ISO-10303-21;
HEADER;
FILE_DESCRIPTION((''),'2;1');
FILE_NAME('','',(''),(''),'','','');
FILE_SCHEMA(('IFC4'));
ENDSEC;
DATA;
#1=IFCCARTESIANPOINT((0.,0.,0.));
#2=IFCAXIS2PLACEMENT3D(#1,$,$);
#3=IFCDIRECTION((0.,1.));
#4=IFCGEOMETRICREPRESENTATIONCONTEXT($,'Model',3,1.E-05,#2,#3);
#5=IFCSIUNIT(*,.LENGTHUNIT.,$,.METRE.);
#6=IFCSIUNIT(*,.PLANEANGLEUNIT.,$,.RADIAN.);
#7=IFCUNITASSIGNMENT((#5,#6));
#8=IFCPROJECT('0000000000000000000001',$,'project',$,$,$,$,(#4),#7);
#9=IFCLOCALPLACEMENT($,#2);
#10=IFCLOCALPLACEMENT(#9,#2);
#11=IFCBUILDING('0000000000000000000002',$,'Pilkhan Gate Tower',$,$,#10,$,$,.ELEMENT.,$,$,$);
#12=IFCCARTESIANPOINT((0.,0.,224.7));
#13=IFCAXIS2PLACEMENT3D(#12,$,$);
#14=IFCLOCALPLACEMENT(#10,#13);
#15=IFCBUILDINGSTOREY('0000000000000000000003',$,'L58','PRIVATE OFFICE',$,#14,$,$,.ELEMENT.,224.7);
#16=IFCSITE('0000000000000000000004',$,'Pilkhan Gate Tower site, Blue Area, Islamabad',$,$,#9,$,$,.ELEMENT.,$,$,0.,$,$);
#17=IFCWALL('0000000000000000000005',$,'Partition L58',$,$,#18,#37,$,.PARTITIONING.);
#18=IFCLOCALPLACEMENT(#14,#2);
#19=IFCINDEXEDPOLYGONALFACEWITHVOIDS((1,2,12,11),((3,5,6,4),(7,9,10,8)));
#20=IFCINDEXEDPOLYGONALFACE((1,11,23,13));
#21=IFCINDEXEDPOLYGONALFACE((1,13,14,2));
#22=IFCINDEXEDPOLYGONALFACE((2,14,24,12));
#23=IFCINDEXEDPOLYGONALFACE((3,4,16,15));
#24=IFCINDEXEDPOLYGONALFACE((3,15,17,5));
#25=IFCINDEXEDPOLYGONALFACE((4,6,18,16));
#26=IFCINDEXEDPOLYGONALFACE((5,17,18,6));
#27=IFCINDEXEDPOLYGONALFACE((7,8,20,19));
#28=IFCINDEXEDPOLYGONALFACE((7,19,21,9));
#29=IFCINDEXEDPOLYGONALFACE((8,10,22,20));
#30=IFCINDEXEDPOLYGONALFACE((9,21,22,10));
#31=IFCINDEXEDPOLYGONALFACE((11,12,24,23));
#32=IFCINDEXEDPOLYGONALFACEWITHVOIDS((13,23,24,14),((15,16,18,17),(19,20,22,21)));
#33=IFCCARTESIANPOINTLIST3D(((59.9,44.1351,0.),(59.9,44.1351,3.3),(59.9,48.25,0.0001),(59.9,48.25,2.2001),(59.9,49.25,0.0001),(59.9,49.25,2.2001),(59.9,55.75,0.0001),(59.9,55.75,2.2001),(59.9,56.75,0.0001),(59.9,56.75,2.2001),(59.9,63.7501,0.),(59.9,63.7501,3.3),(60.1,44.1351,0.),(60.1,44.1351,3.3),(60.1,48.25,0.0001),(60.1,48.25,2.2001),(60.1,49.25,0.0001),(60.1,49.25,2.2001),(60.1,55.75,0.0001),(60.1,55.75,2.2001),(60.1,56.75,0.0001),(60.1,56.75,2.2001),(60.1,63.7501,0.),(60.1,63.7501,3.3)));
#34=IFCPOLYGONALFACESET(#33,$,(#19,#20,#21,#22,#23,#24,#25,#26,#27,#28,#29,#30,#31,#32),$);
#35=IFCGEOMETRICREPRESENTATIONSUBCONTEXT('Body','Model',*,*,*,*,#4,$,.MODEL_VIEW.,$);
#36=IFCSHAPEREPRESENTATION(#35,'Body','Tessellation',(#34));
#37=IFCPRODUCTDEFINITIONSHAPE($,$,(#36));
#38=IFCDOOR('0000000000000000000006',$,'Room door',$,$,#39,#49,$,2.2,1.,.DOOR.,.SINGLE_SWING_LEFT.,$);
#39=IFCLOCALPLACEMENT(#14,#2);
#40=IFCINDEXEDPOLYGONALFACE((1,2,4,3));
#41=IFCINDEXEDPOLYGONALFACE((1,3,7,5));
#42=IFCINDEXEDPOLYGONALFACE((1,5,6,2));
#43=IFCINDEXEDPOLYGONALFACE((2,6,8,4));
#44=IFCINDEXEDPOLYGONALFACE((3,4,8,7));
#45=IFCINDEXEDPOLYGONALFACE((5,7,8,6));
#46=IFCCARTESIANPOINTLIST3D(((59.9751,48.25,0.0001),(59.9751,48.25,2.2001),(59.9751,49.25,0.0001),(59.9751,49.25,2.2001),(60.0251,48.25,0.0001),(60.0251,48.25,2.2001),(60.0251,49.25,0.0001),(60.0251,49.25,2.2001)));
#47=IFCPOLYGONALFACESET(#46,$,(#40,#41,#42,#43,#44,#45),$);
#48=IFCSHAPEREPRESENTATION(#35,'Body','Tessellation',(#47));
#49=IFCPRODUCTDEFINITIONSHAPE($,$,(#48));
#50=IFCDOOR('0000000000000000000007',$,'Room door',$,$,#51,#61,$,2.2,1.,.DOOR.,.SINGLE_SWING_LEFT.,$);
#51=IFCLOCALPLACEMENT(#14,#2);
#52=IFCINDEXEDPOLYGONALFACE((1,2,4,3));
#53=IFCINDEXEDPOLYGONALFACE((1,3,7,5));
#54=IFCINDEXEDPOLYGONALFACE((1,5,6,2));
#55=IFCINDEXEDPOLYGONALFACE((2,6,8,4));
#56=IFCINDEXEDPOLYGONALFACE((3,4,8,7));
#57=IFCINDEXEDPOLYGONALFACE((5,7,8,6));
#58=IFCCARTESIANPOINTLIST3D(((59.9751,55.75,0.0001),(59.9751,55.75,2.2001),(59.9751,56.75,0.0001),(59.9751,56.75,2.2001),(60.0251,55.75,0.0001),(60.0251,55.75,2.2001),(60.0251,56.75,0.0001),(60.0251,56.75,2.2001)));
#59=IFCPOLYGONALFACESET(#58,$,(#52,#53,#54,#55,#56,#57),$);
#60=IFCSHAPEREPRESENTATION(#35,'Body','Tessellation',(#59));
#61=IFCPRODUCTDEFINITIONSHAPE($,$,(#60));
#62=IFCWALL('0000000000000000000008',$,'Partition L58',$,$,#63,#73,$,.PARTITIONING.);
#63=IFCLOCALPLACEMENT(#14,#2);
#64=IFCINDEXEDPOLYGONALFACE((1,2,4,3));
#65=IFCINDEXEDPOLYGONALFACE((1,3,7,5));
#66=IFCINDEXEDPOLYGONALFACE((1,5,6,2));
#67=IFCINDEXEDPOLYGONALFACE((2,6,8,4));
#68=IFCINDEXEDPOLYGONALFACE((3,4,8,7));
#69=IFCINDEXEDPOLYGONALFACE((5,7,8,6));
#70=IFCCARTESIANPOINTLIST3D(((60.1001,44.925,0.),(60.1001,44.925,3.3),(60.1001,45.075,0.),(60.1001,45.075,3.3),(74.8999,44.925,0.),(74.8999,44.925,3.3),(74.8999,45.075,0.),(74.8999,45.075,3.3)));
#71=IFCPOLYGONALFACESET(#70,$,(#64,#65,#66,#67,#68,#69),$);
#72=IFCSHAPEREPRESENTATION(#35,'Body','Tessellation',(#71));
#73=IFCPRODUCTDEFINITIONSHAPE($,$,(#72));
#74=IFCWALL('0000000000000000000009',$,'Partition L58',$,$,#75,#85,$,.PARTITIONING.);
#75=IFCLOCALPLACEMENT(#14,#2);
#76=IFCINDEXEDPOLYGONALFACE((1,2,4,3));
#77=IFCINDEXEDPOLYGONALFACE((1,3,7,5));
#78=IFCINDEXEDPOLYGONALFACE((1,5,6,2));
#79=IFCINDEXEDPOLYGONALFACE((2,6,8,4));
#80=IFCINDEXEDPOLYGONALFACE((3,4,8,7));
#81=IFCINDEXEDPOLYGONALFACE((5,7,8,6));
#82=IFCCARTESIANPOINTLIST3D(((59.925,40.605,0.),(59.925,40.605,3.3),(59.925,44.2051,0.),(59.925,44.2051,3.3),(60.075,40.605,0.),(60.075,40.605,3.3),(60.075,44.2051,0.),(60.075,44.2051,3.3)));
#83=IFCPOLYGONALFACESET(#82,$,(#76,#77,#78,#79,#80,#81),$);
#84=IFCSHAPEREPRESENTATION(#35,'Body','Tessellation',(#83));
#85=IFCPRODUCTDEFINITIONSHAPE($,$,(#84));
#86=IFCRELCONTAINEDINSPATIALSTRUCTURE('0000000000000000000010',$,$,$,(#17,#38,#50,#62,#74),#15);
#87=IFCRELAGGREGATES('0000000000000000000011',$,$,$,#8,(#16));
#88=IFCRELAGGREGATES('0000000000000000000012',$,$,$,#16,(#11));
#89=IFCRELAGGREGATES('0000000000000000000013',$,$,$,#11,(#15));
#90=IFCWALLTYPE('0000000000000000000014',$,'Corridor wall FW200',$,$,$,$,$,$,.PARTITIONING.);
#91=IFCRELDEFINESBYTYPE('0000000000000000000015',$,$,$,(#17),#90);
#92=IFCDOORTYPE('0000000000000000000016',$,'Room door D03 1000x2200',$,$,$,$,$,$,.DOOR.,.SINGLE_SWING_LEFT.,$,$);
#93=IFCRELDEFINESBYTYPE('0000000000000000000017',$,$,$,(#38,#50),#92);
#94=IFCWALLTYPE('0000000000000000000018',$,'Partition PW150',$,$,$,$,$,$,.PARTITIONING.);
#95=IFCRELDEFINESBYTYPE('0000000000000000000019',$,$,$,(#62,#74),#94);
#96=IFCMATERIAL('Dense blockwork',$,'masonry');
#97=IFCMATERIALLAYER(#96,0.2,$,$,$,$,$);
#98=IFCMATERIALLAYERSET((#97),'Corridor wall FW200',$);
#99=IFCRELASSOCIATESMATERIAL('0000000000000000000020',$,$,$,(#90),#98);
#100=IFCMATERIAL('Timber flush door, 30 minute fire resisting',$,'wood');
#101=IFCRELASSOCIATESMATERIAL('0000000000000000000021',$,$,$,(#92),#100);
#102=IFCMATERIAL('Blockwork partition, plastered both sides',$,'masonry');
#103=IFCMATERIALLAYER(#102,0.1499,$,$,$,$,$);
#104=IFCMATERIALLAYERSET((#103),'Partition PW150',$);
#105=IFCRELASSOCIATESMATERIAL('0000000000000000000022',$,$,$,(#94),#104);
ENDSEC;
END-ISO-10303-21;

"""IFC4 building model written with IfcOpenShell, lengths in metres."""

from ifc_helpers import new_model, si_unit, direction, frame, frame_2d, origin, place, context, subcontext, project, spatial, rectangle, extrude, material, layer, layer_set, type_object, element, fill, save


model = new_model("IFC4")

# Units and contexts
model_context = context("Model", 3, precision=1e-05, world=origin(), true_north=direction((0.0, 1.0)))
body_context = subcontext(model_context, "Body", "Model", "MODEL_VIEW")
ifc_project = project(units=[si_unit("LENGTHUNIT", "METRE"), si_unit("PLANEANGLEUNIT", "RADIAN")], contexts=[model_context])

# Site, building, storey
site_placement = place(None, origin())
site = spatial("IfcSite", under=ifc_project, at=site_placement, Name="Pilkhan Gate Tower site, Blue Area, Islamabad", CompositionType="ELEMENT", RefElevation=0.0)
building_placement = place(site_placement, origin())
building = spatial("IfcBuilding", under=site, at=building_placement, Name="Pilkhan Gate Tower", CompositionType="ELEMENT")
storey_placement = place(building_placement, frame((0.0, 0.0, 224.7)))
storey = spatial("IfcBuildingStorey", under=building, at=storey_placement, Name="L58", Description="PRIVATE OFFICE", CompositionType="ELEMENT", Elevation=224.7)

# Shared definitions
ifc_material_1 = material(Name="Dense blockwork", Category="masonry")
ifc_layer_1 = layer(ifc_material_1, 0.2)
ifc_layer_set_1 = layer_set([ifc_layer_1], Name="Corridor wall FW200")
wall_type_1 = type_object("IfcWallType", Name="Corridor wall FW200", PredefinedType="PARTITIONING", material=ifc_layer_set_1)

# Wall, openings, doors
wall_1_placement = place(storey_placement, frame((60.0, 44.135, 0.0), z_axis=(0.0, 0.0, 1.0), x_axis=(0.0, 1.0, 0.0)))
wall_1 = element("IfcWall", 1, at=wall_1_placement, inside=storey, type_object=wall_type_1, Name="Partition L58", PredefinedType="PARTITIONING", context=body_context, shape_type="SweptSolid", body=[
    extrude(rectangle(XDim=19.615, YDim=0.2, at=frame_2d((9.8076, 0.0))), origin(), (0.0, 0.0, 1.0), 3.3),
])
opening_1_placement = place(wall_1_placement, frame((4.115, 0.0, 0.0)))
opening_1 = element("IfcOpeningElement", 2, at=opening_1_placement, cuts=wall_1, PredefinedType="OPENING", context=body_context, shape_type="SweptSolid", body=[
    extrude(rectangle(XDim=1.0, YDim=2.2, at=frame_2d((0.5, 1.1001))), frame((0.0, 0.1099, 0.0), z_axis=(0.0, -1.0, 0.0), x_axis=(1.0, 0.0, 0.0)), (0.0, 0.0, 1.0), 0.22),
])
opening_2_placement = place(wall_1_placement, frame((11.615, 0.0, 0.0)))
opening_2 = element("IfcOpeningElement", 3, at=opening_2_placement, cuts=wall_1, PredefinedType="OPENING", context=body_context, shape_type="SweptSolid", body=[
    extrude(rectangle(XDim=1.0, YDim=2.2, at=frame_2d((0.5, 1.1001))), frame((0.0, 0.1099, 0.0), z_axis=(0.0, -1.0, 0.0), x_axis=(1.0, 0.0, 0.0)), (0.0, 0.0, 1.0), 0.22),
])
ifc_material_2 = material(Name="Timber flush door, 30 minute fire resisting", Category="wood")
door_type = type_object("IfcDoorType", Name="Room door D03 1000x2200", OperationType="SINGLE_SWING_LEFT", PredefinedType="DOOR", material=ifc_material_2)
door_1_placement = place(opening_1_placement, origin())
door_1 = element("IfcDoor", 4, at=door_1_placement, inside=storey, type_object=door_type, Name="Room door", OperationType="SINGLE_SWING_LEFT", OverallHeight=2.2, OverallWidth=1.0, PredefinedType="DOOR", context=body_context, shape_type="SweptSolid", body=[
    extrude(rectangle(XDim=1.0, YDim=2.2, at=frame_2d((0.5, 1.1001))), frame((0.0, 0.0249, 0.0), z_axis=(0.0, -1.0, 0.0), x_axis=(1.0, 0.0, 0.0)), (0.0, 0.0, 1.0), 0.05),
])
fill(opening_1, door_1)
door_2_placement = place(opening_2_placement, origin())
door_2 = element("IfcDoor", 5, at=door_2_placement, inside=storey, type_object=door_type, Name="Room door", OperationType="SINGLE_SWING_LEFT", OverallHeight=2.2, OverallWidth=1.0, PredefinedType="DOOR", context=body_context, shape_type="SweptSolid", body=[
    extrude(rectangle(XDim=1.0, YDim=2.2, at=frame_2d((0.5, 1.1001))), frame((0.0, 0.0249, 0.0), z_axis=(0.0, -1.0, 0.0), x_axis=(1.0, 0.0, 0.0)), (0.0, 0.0, 1.0), 0.05),
])
fill(opening_2, door_2)

# Walls
ifc_material_3 = material(Name="Blockwork partition, plastered both sides", Category="masonry")
ifc_layer_2 = layer(ifc_material_3, 0.1499)
ifc_layer_set_2 = layer_set([ifc_layer_2], Name="Partition PW150")
wall_type_2 = type_object("IfcWallType", Name="Partition PW150", PredefinedType="PARTITIONING", material=ifc_layer_set_2)
wall_2_placement = place(storey_placement, frame((60.1001, 45.0, 0.0), z_axis=(0.0, 0.0, 1.0), x_axis=(1.0, 0.0, 0.0)))
element("IfcWall", 6, at=wall_2_placement, inside=storey, type_object=wall_type_2, Name="Partition L58", PredefinedType="PARTITIONING", context=body_context, shape_type="SweptSolid", body=[
    extrude(rectangle(XDim=14.7998, YDim=0.1499, at=frame_2d((7.3999, 0.0))), origin(), (0.0, 0.0, 1.0), 3.3),
])
wall_3_placement = place(storey_placement, frame((60.0, 40.605, 0.0), z_axis=(0.0, 0.0, 1.0), x_axis=(0.0, 1.0, 0.0)))
element("IfcWall", 7, at=wall_3_placement, inside=storey, type_object=wall_type_2, Name="Partition L58", PredefinedType="PARTITIONING", context=body_context, shape_type="SweptSolid", body=[
    extrude(rectangle(XDim=3.6001, YDim=0.1499, at=frame_2d((1.8, 0.0))), origin(), (0.0, 0.0, 1.0), 3.3),
])

save(model, "model.ifc")
